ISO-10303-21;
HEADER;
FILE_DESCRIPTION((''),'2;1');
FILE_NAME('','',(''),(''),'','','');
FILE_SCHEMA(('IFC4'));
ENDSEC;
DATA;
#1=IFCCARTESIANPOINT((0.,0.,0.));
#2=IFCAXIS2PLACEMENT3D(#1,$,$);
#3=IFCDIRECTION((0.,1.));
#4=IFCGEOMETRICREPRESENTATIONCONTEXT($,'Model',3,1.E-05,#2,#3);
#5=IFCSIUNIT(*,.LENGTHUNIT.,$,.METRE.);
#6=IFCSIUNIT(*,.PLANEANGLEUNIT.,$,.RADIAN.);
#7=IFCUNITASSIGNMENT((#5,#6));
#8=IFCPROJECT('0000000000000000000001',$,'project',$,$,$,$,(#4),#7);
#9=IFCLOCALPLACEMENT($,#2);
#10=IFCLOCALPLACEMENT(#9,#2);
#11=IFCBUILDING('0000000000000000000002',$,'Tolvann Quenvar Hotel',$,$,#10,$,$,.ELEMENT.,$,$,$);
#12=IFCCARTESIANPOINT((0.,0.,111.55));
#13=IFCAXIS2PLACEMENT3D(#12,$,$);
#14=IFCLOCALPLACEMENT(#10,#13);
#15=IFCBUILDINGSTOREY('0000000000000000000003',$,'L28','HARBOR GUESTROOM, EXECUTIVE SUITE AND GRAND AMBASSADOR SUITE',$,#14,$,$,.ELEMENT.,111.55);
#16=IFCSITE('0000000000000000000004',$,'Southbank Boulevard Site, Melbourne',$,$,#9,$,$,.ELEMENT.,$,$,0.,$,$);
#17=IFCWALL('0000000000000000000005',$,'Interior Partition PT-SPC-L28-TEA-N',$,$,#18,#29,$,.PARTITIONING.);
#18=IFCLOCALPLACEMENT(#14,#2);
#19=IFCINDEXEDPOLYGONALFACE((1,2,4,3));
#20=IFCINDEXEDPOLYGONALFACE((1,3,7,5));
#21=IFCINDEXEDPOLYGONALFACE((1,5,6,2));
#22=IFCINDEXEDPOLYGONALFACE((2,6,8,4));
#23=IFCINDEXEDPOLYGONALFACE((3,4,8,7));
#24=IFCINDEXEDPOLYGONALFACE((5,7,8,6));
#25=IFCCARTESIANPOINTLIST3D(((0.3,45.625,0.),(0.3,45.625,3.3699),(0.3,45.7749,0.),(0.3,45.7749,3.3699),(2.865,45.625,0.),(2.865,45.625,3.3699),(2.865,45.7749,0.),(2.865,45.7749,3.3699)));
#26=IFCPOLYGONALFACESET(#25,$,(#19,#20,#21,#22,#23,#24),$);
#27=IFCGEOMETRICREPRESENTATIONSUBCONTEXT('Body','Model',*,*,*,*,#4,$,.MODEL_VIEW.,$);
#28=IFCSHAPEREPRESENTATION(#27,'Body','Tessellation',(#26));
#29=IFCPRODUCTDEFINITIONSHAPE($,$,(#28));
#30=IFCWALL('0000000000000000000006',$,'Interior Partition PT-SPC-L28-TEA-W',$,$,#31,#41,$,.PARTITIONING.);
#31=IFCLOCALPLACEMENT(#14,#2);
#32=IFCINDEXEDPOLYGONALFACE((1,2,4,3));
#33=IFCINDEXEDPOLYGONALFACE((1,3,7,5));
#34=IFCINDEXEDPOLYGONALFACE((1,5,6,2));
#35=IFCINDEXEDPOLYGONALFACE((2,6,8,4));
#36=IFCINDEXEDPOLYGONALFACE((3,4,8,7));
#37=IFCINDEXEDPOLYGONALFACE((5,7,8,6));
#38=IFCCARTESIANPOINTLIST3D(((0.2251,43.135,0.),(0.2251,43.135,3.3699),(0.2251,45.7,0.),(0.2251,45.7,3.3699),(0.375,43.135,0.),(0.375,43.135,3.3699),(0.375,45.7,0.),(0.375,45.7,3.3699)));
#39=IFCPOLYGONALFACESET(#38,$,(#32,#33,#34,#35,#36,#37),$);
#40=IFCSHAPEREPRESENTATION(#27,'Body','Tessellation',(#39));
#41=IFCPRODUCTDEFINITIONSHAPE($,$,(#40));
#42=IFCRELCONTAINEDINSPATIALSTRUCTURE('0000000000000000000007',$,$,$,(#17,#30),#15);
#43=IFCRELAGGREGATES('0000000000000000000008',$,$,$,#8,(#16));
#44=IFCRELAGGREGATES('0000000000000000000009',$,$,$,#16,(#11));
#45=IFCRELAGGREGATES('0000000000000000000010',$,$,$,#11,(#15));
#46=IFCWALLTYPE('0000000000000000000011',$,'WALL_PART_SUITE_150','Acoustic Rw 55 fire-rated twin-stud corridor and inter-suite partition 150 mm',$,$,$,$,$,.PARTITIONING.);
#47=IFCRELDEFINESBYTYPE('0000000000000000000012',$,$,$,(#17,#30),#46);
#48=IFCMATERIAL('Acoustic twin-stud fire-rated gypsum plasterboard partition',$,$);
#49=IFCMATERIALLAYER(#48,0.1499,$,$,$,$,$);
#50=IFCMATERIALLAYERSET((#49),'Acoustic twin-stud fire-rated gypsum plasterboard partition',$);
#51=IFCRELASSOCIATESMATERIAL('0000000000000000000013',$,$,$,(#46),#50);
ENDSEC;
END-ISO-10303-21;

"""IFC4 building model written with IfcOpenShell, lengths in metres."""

from ifc_helpers import new_model, si_unit, direction, frame, frame_2d, origin, place, context, subcontext, project, spatial, rectangle, extrude, material, layer, layer_set, type_object, element, save


model = new_model("IFC4")

# Units and contexts
model_context = context("Model", 3, precision=1e-05, world=origin(), true_north=direction((0.0, 1.0)))
body_context = subcontext(model_context, "Body", "Model", "MODEL_VIEW")
ifc_project = project(units=[si_unit("LENGTHUNIT", "METRE"), si_unit("PLANEANGLEUNIT", "RADIAN")], contexts=[model_context])

# Site, building, storey
site_placement = place(None, origin())
site = spatial("IfcSite", under=ifc_project, at=site_placement, Name="Southbank Boulevard Site, Melbourne", CompositionType="ELEMENT", RefElevation=0.0)
building_placement = place(site_placement, origin())
building = spatial("IfcBuilding", under=site, at=building_placement, Name="Tolvann Quenvar Hotel", CompositionType="ELEMENT")
storey_placement = place(building_placement, frame((0.0, 0.0, 111.55)))
storey = spatial("IfcBuildingStorey", under=building, at=storey_placement, Name="L28", Description="HARBOR GUESTROOM, EXECUTIVE SUITE AND GRAND AMBASSADOR SUITE", CompositionType="ELEMENT", Elevation=111.55)

# Walls
ifc_material_1 = material(Name="Acoustic twin-stud fire-rated gypsum plasterboard partition")
ifc_layer_1 = layer(ifc_material_1, 0.1499)
ifc_layer_set_1 = layer_set([ifc_layer_1], Name="Acoustic twin-stud fire-rated gypsum plasterboard partition")
wall_type_1 = type_object("IfcWallType", Name="WALL_PART_SUITE_150", Description="Acoustic Rw 55 fire-rated twin-stud corridor and inter-suite partition 150 mm", PredefinedType="PARTITIONING", material=ifc_layer_set_1)
for number, where, z_axis, x_axis, name in (
    (1, (0.3, 45.7, 0.0), (0.0, 0.0, 1.0), (1.0, 0.0, 0.0), "Interior Partition PT-SPC-L28-TEA-N"),
    (2, (0.3, 43.135, 0.0), (0.0, 0.0, 1.0), (0.0, 1.0, 0.0), "Interior Partition PT-SPC-L28-TEA-W"),
):
    element("IfcWall", number, at=place(storey_placement, frame(where, z_axis=z_axis, x_axis=x_axis)), inside=storey, type_object=wall_type_1, Name=name, PredefinedType="PARTITIONING", context=body_context, shape_type="SweptSolid", body=[
        extrude(rectangle(XDim=2.5649, YDim=0.1499, at=frame_2d((1.2825, 0.0))), origin(), (0.0, 0.0, 1.0), 3.3699),
    ])

save(model, "model.ifc")
